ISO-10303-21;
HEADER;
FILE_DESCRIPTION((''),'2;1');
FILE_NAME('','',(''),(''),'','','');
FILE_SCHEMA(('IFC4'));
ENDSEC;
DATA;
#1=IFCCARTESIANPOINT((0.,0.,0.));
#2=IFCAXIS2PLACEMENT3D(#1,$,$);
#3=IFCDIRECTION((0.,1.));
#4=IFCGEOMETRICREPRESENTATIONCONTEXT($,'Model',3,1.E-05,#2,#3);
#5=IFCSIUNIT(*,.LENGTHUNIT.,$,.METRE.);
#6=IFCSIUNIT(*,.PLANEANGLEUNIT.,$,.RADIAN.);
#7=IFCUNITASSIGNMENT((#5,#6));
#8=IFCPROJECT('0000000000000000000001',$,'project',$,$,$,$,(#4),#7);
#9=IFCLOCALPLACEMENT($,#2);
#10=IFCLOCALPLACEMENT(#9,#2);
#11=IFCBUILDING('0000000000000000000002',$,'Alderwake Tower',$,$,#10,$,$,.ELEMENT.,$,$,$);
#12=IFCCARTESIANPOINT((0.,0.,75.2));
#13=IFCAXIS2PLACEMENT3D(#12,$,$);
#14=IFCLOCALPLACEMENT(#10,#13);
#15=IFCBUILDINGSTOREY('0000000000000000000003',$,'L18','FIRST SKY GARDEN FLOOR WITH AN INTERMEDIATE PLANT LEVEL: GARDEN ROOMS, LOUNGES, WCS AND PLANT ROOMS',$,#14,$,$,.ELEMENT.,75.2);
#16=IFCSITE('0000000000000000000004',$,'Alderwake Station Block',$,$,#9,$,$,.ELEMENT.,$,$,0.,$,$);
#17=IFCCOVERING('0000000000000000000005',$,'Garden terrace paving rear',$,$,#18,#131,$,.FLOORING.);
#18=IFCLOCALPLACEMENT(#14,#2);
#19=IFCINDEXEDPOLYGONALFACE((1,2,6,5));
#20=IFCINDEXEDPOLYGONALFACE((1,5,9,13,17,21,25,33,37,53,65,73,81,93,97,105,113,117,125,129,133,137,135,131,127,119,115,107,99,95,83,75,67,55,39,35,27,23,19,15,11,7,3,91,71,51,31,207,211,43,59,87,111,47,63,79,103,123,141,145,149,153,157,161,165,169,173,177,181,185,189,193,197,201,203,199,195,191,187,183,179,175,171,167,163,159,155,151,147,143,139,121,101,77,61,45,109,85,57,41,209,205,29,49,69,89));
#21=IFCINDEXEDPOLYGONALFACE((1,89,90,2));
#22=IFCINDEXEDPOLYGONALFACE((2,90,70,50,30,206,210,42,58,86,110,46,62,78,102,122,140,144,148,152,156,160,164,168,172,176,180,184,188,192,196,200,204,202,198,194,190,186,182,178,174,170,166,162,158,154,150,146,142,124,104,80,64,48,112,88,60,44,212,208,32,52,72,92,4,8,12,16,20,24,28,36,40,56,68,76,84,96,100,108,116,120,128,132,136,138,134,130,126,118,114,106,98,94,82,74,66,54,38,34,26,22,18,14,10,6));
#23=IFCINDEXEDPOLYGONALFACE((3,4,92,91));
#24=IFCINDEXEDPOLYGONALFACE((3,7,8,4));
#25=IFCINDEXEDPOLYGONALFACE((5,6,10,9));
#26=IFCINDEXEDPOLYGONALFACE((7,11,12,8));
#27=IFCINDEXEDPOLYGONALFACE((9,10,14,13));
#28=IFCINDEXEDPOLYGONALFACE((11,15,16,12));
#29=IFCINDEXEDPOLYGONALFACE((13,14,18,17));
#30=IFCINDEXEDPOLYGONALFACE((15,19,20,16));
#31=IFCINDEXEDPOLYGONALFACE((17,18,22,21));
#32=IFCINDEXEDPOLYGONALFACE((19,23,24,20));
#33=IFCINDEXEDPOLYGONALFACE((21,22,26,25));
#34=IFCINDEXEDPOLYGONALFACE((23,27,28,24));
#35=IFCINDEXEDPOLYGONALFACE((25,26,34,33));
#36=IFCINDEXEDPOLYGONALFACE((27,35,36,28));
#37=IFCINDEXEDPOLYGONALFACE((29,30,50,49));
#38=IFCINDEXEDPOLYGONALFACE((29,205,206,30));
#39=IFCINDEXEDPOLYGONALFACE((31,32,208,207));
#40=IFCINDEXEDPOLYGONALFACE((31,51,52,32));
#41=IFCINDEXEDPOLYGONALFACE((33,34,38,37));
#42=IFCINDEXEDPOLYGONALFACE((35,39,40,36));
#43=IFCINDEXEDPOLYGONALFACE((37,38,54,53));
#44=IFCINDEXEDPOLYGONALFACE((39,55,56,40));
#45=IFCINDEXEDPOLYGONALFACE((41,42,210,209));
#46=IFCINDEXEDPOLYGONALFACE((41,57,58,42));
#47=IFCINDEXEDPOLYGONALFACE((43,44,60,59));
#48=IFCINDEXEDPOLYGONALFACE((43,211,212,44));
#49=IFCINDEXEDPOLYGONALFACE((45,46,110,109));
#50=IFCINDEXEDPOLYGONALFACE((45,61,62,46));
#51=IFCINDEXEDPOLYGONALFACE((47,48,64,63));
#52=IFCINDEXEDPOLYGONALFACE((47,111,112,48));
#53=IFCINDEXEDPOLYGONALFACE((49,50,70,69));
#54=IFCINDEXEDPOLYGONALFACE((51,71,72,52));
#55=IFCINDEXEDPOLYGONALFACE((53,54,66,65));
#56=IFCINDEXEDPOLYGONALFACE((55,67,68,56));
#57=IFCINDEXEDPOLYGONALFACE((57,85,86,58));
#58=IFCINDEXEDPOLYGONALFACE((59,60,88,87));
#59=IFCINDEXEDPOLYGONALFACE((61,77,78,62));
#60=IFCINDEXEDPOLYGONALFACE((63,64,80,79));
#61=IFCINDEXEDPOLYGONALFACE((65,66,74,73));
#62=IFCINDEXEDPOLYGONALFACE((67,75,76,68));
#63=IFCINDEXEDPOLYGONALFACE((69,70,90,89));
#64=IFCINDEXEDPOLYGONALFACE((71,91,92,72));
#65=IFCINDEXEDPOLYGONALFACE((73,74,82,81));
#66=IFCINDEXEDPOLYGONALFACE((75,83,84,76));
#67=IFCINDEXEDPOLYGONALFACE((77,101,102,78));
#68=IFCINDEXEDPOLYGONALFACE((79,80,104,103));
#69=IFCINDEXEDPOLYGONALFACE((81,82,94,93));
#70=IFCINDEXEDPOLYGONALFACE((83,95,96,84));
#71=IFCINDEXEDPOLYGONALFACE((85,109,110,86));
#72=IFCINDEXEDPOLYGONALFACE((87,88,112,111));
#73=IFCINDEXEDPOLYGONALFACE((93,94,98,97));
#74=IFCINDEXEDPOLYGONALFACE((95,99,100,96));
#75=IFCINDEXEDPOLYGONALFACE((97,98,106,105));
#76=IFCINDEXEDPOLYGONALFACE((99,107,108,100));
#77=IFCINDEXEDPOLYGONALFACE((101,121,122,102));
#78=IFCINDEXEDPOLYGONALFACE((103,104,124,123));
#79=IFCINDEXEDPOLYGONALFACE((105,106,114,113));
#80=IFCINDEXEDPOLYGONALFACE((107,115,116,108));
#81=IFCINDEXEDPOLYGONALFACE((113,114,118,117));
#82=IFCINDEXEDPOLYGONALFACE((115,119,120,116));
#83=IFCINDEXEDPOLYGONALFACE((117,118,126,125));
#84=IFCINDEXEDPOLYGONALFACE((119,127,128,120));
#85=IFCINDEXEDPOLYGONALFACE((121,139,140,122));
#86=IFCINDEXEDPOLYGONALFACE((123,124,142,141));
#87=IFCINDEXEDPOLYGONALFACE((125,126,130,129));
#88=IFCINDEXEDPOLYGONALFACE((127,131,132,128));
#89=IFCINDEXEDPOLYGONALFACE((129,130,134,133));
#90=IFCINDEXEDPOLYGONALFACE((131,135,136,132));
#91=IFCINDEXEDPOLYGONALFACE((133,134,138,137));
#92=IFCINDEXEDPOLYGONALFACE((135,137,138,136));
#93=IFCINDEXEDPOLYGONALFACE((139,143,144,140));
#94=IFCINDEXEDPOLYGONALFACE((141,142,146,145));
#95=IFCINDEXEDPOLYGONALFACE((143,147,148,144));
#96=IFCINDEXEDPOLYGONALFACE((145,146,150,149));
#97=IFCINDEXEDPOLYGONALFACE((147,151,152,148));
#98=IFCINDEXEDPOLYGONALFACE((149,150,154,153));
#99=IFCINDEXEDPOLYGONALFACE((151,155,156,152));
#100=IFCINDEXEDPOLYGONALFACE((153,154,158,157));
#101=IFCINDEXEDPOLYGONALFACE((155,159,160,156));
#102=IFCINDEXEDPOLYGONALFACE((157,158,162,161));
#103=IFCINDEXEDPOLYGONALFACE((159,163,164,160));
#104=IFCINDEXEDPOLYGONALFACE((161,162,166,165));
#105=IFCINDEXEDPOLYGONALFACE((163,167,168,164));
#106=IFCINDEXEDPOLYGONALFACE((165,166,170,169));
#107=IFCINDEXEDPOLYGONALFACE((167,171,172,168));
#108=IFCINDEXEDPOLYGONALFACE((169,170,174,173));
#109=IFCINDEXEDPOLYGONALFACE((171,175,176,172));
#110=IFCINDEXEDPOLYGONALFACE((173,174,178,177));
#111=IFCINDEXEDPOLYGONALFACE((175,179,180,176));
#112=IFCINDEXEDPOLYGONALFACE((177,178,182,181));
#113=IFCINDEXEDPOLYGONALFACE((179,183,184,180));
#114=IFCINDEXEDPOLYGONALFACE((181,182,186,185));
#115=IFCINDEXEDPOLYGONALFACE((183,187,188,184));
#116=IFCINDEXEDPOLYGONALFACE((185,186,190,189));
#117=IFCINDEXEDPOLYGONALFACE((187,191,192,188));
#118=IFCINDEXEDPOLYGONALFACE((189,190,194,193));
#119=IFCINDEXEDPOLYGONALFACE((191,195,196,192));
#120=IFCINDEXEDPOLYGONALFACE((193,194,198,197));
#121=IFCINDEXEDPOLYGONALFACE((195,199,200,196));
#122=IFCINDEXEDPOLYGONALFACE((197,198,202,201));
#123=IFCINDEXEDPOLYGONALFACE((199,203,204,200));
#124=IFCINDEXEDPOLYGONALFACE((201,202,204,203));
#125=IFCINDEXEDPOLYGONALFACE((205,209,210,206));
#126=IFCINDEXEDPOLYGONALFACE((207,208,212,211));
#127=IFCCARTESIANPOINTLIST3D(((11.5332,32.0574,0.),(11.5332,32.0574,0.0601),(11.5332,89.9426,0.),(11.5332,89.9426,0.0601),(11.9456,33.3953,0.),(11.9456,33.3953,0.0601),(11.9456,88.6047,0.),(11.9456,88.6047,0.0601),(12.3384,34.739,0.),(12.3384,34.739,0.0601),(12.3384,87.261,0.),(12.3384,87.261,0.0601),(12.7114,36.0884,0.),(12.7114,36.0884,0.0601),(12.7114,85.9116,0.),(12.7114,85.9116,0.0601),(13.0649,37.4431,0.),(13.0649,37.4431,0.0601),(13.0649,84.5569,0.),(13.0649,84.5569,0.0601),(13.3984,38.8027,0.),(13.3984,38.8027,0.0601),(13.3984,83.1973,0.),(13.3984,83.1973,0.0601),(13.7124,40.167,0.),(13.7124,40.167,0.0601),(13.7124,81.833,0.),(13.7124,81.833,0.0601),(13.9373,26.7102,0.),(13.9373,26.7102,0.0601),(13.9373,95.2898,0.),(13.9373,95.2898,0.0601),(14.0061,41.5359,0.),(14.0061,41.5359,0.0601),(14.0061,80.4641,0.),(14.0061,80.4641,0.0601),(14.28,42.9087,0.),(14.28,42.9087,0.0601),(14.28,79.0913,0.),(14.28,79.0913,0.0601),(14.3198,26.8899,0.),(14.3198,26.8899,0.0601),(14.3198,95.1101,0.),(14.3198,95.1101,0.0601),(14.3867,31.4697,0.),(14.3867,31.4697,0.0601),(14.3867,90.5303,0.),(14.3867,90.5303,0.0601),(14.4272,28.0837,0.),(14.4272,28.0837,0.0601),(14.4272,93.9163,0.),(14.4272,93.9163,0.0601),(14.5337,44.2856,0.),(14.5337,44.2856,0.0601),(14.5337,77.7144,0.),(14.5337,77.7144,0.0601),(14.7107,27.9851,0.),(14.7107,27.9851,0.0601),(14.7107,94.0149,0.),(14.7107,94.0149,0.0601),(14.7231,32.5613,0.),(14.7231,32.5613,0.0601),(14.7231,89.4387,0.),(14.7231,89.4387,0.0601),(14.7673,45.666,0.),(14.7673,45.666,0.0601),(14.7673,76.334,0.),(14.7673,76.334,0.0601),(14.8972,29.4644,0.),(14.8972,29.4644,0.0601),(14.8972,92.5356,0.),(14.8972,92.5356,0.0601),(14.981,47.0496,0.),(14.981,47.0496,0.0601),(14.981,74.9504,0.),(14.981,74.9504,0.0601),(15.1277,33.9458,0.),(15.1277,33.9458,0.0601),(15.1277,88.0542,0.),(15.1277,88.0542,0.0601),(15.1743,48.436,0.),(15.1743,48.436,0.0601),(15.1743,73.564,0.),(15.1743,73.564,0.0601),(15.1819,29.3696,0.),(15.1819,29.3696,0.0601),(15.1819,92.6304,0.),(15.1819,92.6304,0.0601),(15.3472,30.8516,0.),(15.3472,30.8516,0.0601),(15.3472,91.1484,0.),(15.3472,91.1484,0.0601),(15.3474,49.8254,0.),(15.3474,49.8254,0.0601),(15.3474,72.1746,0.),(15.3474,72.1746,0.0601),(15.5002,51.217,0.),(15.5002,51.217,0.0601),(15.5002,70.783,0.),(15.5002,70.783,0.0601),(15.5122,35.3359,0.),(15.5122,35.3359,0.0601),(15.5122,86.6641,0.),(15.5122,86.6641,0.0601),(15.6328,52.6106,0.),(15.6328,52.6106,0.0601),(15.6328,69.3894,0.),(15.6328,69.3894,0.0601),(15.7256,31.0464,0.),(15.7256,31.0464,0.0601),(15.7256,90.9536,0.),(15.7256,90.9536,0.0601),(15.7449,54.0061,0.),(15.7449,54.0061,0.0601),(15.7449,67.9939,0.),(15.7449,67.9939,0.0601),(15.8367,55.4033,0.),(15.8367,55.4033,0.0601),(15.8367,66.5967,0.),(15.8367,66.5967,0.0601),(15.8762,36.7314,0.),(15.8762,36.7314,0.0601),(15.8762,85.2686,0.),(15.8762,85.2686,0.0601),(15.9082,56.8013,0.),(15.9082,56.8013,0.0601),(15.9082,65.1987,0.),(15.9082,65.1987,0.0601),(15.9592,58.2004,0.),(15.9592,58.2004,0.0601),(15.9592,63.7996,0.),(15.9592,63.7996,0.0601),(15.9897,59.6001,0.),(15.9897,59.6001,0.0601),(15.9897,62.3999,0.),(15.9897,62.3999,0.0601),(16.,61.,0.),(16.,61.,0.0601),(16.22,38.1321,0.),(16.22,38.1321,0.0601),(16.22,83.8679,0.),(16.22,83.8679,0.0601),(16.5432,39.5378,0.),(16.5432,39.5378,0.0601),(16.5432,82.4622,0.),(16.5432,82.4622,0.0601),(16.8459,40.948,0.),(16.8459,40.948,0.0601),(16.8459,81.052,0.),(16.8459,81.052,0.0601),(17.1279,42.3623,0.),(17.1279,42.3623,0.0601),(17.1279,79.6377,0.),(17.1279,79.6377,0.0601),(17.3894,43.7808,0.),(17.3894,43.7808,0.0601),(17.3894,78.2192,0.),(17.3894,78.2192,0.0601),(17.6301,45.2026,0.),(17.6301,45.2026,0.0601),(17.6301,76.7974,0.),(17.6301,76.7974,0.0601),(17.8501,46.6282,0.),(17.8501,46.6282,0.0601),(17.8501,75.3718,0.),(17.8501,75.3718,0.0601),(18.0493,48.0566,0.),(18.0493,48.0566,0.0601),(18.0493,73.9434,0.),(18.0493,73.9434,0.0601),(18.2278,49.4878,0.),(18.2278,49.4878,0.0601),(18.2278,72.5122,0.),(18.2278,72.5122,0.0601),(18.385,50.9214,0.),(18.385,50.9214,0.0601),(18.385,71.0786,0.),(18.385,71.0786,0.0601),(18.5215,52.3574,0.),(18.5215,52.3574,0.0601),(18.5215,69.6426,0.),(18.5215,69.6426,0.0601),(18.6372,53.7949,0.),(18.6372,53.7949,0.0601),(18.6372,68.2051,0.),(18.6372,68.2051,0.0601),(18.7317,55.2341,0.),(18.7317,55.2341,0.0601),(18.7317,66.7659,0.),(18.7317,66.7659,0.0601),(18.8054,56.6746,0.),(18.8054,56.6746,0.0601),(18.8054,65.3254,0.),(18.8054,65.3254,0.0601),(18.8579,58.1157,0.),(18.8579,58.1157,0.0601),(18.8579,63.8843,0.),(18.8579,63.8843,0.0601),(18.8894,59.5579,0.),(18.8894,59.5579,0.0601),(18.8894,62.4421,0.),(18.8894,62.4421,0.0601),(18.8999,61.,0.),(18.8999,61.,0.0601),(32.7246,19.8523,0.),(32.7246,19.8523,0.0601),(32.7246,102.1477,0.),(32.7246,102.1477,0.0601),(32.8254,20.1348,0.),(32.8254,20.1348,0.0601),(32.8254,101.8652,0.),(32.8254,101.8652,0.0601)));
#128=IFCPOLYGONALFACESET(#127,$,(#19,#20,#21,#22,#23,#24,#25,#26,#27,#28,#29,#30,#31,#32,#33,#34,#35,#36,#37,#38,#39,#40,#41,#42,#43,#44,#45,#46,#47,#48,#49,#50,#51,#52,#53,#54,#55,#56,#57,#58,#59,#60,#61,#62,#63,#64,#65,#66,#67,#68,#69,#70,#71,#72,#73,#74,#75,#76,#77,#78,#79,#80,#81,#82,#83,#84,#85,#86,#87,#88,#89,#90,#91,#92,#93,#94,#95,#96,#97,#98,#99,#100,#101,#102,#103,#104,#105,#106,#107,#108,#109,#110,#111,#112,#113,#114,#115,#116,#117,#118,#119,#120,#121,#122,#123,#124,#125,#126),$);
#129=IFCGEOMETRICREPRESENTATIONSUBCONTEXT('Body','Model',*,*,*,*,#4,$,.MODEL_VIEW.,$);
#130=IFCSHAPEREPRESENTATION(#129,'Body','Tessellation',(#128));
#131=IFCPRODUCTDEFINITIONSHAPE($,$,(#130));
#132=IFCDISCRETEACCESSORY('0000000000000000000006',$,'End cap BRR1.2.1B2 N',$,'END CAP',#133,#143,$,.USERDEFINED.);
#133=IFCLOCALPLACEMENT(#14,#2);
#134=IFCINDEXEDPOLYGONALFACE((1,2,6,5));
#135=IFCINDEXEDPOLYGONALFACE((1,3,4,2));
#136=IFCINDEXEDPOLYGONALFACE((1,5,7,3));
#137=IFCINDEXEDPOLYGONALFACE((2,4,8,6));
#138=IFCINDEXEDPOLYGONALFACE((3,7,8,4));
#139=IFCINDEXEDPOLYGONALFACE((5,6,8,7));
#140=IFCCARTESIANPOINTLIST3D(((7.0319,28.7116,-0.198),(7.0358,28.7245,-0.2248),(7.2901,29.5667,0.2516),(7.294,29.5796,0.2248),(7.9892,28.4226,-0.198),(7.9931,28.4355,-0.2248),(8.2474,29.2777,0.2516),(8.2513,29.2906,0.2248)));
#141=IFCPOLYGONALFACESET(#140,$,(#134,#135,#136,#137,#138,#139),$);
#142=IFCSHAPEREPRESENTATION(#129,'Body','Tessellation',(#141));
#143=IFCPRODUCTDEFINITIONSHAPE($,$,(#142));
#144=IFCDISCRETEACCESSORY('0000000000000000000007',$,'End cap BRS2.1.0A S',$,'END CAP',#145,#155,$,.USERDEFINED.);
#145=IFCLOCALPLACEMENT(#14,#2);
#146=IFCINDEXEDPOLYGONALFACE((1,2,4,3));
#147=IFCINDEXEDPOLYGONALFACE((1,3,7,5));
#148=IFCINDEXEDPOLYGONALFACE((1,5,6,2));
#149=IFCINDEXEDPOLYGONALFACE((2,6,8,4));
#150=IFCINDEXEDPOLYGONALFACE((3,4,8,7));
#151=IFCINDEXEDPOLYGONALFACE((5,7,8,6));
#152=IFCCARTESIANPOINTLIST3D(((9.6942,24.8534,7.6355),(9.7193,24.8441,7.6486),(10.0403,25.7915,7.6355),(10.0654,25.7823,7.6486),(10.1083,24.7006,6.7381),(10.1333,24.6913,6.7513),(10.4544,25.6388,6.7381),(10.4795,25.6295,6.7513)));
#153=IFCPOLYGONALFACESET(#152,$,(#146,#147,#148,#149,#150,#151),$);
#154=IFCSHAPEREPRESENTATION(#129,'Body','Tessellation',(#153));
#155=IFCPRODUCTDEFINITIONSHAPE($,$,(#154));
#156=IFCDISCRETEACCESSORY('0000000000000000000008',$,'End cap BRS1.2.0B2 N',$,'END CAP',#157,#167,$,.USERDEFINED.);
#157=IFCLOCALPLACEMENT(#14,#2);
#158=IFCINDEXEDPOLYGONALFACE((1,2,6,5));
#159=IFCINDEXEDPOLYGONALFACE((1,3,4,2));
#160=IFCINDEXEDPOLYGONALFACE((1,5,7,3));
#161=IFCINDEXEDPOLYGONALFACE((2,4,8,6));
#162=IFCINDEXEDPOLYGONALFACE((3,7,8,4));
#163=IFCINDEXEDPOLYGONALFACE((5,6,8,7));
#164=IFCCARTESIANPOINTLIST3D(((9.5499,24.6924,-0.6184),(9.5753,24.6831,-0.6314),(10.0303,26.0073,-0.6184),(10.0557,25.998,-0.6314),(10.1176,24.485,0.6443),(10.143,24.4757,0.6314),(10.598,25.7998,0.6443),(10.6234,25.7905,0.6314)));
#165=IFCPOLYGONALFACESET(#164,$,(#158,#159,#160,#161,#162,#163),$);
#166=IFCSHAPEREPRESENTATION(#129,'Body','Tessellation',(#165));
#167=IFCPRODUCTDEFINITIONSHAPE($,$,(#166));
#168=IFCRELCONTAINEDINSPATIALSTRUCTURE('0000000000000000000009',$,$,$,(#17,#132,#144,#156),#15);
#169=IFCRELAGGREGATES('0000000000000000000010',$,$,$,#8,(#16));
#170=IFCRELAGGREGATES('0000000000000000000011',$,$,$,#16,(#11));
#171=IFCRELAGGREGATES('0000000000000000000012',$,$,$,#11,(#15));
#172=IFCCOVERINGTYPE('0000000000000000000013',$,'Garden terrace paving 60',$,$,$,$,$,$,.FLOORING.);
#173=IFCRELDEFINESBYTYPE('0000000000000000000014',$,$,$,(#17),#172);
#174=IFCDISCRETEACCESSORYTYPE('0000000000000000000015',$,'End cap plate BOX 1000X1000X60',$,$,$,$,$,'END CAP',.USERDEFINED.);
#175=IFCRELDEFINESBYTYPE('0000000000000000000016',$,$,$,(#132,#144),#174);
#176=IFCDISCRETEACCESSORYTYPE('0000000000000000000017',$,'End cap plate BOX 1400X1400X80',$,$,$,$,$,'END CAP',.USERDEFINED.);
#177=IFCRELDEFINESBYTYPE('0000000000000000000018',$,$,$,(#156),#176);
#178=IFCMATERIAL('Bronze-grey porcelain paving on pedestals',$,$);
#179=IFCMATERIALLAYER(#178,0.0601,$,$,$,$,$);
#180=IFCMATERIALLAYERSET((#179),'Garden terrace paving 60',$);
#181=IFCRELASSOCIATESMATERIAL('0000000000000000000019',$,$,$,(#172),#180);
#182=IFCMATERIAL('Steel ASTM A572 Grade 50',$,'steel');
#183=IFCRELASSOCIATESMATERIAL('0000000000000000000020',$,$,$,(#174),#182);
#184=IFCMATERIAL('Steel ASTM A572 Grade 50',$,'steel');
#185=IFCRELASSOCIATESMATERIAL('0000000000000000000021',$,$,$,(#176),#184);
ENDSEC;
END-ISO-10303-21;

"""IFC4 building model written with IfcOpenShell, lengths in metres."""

from ifc_helpers import new_model, si_unit, direction, frame, origin, origin_2d, place, context, subcontext, project, spatial, polyline, rectangle, outline, extrude, material, layer, layer_set, material_profile, profile_set, type_object, element, save


model = new_model("IFC4")

# Units and contexts
model_context = context("Model", 3, precision=1e-05, world=origin(), true_north=direction((0.0, 1.0)))
body_context = subcontext(model_context, "Body", "Model", "MODEL_VIEW")
ifc_project = project(units=[si_unit("LENGTHUNIT", "METRE"), si_unit("PLANEANGLEUNIT", "RADIAN")], contexts=[model_context])

# Site, building, storey
site_placement = place(None, origin())
site = spatial("IfcSite", under=ifc_project, at=site_placement, Name="Alderwake Station Block", CompositionType="ELEMENT", RefElevation=0.0)
building_placement = place(site_placement, origin())
building = spatial("IfcBuilding", under=site, at=building_placement, Name="Alderwake Tower", CompositionType="ELEMENT")
storey_placement = place(building_placement, frame((0.0, 0.0, 75.2)))
storey = spatial("IfcBuildingStorey", under=building, at=storey_placement, Name="L18", Description="FIRST SKY GARDEN FLOOR WITH AN INTERMEDIATE PLANT LEVEL: GARDEN ROOMS, LOUNGES, WCS AND PLANT ROOMS", CompositionType="ELEMENT", Elevation=75.2)

# Covering
ifc_material_1 = material(Name="Bronze-grey porcelain paving on pedestals")
ifc_layer_1 = layer(ifc_material_1, 0.0601)
ifc_layer_set_1 = layer_set([ifc_layer_1], Name="Garden terrace paving 60")
covering_type = type_object("IfcCoveringType", Name="Garden terrace paving 60", PredefinedType="FLOORING", material=ifc_layer_set_1)
covering_1_placement = place(storey_placement, origin())
element("IfcCovering", 1, at=covering_1_placement, inside=storey, type_object=covering_type, Name="Garden terrace paving rear", PredefinedType="FLOORING", context=body_context, shape_type="SweptSolid", body=[
    extrude(outline(polyline([(13.3984, 38.8027), (13.0649, 37.4431), (12.7114, 36.0884), (12.3384, 34.739), (11.9456, 33.3953), (11.5332, 32.0574), (15.3472, 30.8516), (14.8972, 29.4644), (14.4272, 28.0837), (13.9373, 26.7102), (32.7246, 19.8523), (32.7246, 19.8523), (32.8254, 20.1348), (14.3198, 26.8899), (14.7107, 27.9851), (15.1819, 29.3696), (15.7256, 31.0464), (14.3867, 31.4697), (14.7231, 32.5613), (15.1277, 33.9458), (15.5122, 35.3359), (15.8762, 36.7314), (16.22, 38.1321), (16.5432, 39.5378), (16.8459, 40.948), (17.1279, 42.3623), (17.3894, 43.7808), (17.6301, 45.2026), (17.8501, 46.6282), (18.0493, 48.0566), (18.2278, 49.4878), (18.385, 50.9214), (18.5215, 52.3574), (18.6372, 53.7949), (18.7317, 55.2341), (18.8054, 56.6746), (18.8579, 58.1157), (18.8894, 59.5579), (18.8999, 61.0), (18.8894, 62.4421), (18.8579, 63.8843), (18.8054, 65.3254), (18.7317, 66.7659), (18.6372, 68.2051), (18.5215, 69.6426), (18.385, 71.0786), (18.2278, 72.5122), (18.0493, 73.9434), (17.8501, 75.3718), (17.6301, 76.7974), (17.3894, 78.2192), (17.1279, 79.6377), (16.8459, 81.052), (16.5432, 82.4622), (16.22, 83.8679), (15.8762, 85.2686), (15.5122, 86.6641), (15.1277, 88.0542), (14.7231, 89.4387), (14.3867, 90.5303), (15.7256, 90.9536), (15.1819, 92.6304), (14.7107, 94.0149), (14.3198, 95.1101), (32.8254, 101.8652), (32.7246, 102.1477), (32.7246, 102.1477), (13.9373, 95.2898), (14.4272, 93.9163), (14.8972, 92.5356), (15.3472, 91.1484), (11.5332, 89.9426), (11.9456, 88.6047), (12.3384, 87.261), (12.7114, 85.9116), (13.0649, 84.5569), (13.3984, 83.1973), (13.7124, 81.833), (14.0061, 80.4641), (14.28, 79.0913), (14.5337, 77.7144), (14.7673, 76.334), (14.981, 74.9504), (15.1743, 73.564), (15.3474, 72.1746), (15.5002, 70.783), (15.6328, 69.3894), (15.7449, 67.9939), (15.8367, 66.5967), (15.9082, 65.1987), (15.9592, 63.7996), (15.9897, 62.3999), (16.0, 61.0), (15.9897, 59.6001), (15.9592, 58.2004), (15.9082, 56.8013), (15.8367, 55.4033), (15.7449, 54.0061), (15.6328, 52.6106), (15.5002, 51.217), (15.3474, 49.8254), (15.1743, 48.436), (14.981, 47.0496), (14.7673, 45.666), (14.5337, 44.2856), (14.28, 42.9087), (14.0061, 41.5359), (13.7124, 40.167), (13.3984, 38.8027)])), origin(), (0.0, 0.0, 1.0), 0.0601),
])

# Discrete accessories
ifc_material_2 = material(Name="Steel ASTM A572 Grade 50", Category="steel")
ifc_material_profile_1 = material_profile(ifc_material_2, rectangle(XDim=1.0, YDim=1.0, at=origin_2d()), Name="BOX 1000X1000X60 cap")
ifc_profile_set_1 = profile_set([ifc_material_profile_1], Name="Steel ASTM A572 Grade 50")
discrete_accessory_type_1 = type_object("IfcDiscreteAccessoryType", Name="End cap plate BOX 1000X1000X60", ElementType="END CAP", PredefinedType="USERDEFINED", material=ifc_profile_set_1)
discrete_accessory_1_placement = place(storey_placement, frame((7.6436, 29.0076, 0.0), z_axis=(-0.129927, -0.430383, 0.893247), x_axis=(0.957328, -0.289005, 0.0)))
element("IfcDiscreteAccessory", 2, at=discrete_accessory_1_placement, inside=storey, type_object=discrete_accessory_type_1, Name="End cap BRR1.2.1B2 N", ObjectType="END CAP", PredefinedType="USERDEFINED", context=body_context, shape_type="SweptSolid", body=[
    extrude(rectangle(XDim=1.0, YDim=1.0, at=origin_2d()), origin(), (0.0, 0.0, 1.0), 0.03),
])
discrete_accessory_2_placement = place(storey_placement, frame((10.0994, 25.2368, 7.2), z_axis=(-0.841862, 0.31059, -0.441364), x_axis=(-0.346127, -0.938188, 0.0)))
element("IfcDiscreteAccessory", 3, at=discrete_accessory_2_placement, inside=storey, type_object=discrete_accessory_type_1, Name="End cap BRS2.1.0A S", ObjectType="END CAP", PredefinedType="USERDEFINED", context=body_context, shape_type="SweptSolid", body=[
    extrude(rectangle(XDim=1.0, YDim=1.0, at=origin_2d()), origin(), (0.0, 0.0, 1.0), 0.0298),
])
ifc_material_3 = material(Name="Steel ASTM A572 Grade 50", Category="steel")
ifc_material_profile_2 = material_profile(ifc_material_3, rectangle(XDim=1.3999, YDim=1.3999, at=origin_2d()), Name="BOX 1400X1400X80 cap")
ifc_profile_set_2 = profile_set([ifc_material_profile_2], Name="Steel ASTM A572 Grade 50")
discrete_accessory_type_2 = type_object("IfcDiscreteAccessoryType", Name="End cap plate BOX 1400X1400X80", ElementType="END CAP", PredefinedType="USERDEFINED", material=ifc_profile_set_2)
discrete_accessory_3_placement = place(storey_placement, frame((10.0994, 25.2368, 0.0), z_axis=(-0.84721, 0.309558, 0.431751), x_axis=(-0.343193, -0.939265, 0.0)))
element("IfcDiscreteAccessory", 4, at=discrete_accessory_3_placement, inside=storey, type_object=discrete_accessory_type_2, Name="End cap BRS1.2.0B2 N", ObjectType="END CAP", PredefinedType="USERDEFINED", context=body_context, shape_type="SweptSolid", body=[
    extrude(rectangle(XDim=1.3999, YDim=1.3999, at=origin_2d()), origin(), (0.0, 0.0, 1.0), 0.03),
])

save(model, "model.ifc")
